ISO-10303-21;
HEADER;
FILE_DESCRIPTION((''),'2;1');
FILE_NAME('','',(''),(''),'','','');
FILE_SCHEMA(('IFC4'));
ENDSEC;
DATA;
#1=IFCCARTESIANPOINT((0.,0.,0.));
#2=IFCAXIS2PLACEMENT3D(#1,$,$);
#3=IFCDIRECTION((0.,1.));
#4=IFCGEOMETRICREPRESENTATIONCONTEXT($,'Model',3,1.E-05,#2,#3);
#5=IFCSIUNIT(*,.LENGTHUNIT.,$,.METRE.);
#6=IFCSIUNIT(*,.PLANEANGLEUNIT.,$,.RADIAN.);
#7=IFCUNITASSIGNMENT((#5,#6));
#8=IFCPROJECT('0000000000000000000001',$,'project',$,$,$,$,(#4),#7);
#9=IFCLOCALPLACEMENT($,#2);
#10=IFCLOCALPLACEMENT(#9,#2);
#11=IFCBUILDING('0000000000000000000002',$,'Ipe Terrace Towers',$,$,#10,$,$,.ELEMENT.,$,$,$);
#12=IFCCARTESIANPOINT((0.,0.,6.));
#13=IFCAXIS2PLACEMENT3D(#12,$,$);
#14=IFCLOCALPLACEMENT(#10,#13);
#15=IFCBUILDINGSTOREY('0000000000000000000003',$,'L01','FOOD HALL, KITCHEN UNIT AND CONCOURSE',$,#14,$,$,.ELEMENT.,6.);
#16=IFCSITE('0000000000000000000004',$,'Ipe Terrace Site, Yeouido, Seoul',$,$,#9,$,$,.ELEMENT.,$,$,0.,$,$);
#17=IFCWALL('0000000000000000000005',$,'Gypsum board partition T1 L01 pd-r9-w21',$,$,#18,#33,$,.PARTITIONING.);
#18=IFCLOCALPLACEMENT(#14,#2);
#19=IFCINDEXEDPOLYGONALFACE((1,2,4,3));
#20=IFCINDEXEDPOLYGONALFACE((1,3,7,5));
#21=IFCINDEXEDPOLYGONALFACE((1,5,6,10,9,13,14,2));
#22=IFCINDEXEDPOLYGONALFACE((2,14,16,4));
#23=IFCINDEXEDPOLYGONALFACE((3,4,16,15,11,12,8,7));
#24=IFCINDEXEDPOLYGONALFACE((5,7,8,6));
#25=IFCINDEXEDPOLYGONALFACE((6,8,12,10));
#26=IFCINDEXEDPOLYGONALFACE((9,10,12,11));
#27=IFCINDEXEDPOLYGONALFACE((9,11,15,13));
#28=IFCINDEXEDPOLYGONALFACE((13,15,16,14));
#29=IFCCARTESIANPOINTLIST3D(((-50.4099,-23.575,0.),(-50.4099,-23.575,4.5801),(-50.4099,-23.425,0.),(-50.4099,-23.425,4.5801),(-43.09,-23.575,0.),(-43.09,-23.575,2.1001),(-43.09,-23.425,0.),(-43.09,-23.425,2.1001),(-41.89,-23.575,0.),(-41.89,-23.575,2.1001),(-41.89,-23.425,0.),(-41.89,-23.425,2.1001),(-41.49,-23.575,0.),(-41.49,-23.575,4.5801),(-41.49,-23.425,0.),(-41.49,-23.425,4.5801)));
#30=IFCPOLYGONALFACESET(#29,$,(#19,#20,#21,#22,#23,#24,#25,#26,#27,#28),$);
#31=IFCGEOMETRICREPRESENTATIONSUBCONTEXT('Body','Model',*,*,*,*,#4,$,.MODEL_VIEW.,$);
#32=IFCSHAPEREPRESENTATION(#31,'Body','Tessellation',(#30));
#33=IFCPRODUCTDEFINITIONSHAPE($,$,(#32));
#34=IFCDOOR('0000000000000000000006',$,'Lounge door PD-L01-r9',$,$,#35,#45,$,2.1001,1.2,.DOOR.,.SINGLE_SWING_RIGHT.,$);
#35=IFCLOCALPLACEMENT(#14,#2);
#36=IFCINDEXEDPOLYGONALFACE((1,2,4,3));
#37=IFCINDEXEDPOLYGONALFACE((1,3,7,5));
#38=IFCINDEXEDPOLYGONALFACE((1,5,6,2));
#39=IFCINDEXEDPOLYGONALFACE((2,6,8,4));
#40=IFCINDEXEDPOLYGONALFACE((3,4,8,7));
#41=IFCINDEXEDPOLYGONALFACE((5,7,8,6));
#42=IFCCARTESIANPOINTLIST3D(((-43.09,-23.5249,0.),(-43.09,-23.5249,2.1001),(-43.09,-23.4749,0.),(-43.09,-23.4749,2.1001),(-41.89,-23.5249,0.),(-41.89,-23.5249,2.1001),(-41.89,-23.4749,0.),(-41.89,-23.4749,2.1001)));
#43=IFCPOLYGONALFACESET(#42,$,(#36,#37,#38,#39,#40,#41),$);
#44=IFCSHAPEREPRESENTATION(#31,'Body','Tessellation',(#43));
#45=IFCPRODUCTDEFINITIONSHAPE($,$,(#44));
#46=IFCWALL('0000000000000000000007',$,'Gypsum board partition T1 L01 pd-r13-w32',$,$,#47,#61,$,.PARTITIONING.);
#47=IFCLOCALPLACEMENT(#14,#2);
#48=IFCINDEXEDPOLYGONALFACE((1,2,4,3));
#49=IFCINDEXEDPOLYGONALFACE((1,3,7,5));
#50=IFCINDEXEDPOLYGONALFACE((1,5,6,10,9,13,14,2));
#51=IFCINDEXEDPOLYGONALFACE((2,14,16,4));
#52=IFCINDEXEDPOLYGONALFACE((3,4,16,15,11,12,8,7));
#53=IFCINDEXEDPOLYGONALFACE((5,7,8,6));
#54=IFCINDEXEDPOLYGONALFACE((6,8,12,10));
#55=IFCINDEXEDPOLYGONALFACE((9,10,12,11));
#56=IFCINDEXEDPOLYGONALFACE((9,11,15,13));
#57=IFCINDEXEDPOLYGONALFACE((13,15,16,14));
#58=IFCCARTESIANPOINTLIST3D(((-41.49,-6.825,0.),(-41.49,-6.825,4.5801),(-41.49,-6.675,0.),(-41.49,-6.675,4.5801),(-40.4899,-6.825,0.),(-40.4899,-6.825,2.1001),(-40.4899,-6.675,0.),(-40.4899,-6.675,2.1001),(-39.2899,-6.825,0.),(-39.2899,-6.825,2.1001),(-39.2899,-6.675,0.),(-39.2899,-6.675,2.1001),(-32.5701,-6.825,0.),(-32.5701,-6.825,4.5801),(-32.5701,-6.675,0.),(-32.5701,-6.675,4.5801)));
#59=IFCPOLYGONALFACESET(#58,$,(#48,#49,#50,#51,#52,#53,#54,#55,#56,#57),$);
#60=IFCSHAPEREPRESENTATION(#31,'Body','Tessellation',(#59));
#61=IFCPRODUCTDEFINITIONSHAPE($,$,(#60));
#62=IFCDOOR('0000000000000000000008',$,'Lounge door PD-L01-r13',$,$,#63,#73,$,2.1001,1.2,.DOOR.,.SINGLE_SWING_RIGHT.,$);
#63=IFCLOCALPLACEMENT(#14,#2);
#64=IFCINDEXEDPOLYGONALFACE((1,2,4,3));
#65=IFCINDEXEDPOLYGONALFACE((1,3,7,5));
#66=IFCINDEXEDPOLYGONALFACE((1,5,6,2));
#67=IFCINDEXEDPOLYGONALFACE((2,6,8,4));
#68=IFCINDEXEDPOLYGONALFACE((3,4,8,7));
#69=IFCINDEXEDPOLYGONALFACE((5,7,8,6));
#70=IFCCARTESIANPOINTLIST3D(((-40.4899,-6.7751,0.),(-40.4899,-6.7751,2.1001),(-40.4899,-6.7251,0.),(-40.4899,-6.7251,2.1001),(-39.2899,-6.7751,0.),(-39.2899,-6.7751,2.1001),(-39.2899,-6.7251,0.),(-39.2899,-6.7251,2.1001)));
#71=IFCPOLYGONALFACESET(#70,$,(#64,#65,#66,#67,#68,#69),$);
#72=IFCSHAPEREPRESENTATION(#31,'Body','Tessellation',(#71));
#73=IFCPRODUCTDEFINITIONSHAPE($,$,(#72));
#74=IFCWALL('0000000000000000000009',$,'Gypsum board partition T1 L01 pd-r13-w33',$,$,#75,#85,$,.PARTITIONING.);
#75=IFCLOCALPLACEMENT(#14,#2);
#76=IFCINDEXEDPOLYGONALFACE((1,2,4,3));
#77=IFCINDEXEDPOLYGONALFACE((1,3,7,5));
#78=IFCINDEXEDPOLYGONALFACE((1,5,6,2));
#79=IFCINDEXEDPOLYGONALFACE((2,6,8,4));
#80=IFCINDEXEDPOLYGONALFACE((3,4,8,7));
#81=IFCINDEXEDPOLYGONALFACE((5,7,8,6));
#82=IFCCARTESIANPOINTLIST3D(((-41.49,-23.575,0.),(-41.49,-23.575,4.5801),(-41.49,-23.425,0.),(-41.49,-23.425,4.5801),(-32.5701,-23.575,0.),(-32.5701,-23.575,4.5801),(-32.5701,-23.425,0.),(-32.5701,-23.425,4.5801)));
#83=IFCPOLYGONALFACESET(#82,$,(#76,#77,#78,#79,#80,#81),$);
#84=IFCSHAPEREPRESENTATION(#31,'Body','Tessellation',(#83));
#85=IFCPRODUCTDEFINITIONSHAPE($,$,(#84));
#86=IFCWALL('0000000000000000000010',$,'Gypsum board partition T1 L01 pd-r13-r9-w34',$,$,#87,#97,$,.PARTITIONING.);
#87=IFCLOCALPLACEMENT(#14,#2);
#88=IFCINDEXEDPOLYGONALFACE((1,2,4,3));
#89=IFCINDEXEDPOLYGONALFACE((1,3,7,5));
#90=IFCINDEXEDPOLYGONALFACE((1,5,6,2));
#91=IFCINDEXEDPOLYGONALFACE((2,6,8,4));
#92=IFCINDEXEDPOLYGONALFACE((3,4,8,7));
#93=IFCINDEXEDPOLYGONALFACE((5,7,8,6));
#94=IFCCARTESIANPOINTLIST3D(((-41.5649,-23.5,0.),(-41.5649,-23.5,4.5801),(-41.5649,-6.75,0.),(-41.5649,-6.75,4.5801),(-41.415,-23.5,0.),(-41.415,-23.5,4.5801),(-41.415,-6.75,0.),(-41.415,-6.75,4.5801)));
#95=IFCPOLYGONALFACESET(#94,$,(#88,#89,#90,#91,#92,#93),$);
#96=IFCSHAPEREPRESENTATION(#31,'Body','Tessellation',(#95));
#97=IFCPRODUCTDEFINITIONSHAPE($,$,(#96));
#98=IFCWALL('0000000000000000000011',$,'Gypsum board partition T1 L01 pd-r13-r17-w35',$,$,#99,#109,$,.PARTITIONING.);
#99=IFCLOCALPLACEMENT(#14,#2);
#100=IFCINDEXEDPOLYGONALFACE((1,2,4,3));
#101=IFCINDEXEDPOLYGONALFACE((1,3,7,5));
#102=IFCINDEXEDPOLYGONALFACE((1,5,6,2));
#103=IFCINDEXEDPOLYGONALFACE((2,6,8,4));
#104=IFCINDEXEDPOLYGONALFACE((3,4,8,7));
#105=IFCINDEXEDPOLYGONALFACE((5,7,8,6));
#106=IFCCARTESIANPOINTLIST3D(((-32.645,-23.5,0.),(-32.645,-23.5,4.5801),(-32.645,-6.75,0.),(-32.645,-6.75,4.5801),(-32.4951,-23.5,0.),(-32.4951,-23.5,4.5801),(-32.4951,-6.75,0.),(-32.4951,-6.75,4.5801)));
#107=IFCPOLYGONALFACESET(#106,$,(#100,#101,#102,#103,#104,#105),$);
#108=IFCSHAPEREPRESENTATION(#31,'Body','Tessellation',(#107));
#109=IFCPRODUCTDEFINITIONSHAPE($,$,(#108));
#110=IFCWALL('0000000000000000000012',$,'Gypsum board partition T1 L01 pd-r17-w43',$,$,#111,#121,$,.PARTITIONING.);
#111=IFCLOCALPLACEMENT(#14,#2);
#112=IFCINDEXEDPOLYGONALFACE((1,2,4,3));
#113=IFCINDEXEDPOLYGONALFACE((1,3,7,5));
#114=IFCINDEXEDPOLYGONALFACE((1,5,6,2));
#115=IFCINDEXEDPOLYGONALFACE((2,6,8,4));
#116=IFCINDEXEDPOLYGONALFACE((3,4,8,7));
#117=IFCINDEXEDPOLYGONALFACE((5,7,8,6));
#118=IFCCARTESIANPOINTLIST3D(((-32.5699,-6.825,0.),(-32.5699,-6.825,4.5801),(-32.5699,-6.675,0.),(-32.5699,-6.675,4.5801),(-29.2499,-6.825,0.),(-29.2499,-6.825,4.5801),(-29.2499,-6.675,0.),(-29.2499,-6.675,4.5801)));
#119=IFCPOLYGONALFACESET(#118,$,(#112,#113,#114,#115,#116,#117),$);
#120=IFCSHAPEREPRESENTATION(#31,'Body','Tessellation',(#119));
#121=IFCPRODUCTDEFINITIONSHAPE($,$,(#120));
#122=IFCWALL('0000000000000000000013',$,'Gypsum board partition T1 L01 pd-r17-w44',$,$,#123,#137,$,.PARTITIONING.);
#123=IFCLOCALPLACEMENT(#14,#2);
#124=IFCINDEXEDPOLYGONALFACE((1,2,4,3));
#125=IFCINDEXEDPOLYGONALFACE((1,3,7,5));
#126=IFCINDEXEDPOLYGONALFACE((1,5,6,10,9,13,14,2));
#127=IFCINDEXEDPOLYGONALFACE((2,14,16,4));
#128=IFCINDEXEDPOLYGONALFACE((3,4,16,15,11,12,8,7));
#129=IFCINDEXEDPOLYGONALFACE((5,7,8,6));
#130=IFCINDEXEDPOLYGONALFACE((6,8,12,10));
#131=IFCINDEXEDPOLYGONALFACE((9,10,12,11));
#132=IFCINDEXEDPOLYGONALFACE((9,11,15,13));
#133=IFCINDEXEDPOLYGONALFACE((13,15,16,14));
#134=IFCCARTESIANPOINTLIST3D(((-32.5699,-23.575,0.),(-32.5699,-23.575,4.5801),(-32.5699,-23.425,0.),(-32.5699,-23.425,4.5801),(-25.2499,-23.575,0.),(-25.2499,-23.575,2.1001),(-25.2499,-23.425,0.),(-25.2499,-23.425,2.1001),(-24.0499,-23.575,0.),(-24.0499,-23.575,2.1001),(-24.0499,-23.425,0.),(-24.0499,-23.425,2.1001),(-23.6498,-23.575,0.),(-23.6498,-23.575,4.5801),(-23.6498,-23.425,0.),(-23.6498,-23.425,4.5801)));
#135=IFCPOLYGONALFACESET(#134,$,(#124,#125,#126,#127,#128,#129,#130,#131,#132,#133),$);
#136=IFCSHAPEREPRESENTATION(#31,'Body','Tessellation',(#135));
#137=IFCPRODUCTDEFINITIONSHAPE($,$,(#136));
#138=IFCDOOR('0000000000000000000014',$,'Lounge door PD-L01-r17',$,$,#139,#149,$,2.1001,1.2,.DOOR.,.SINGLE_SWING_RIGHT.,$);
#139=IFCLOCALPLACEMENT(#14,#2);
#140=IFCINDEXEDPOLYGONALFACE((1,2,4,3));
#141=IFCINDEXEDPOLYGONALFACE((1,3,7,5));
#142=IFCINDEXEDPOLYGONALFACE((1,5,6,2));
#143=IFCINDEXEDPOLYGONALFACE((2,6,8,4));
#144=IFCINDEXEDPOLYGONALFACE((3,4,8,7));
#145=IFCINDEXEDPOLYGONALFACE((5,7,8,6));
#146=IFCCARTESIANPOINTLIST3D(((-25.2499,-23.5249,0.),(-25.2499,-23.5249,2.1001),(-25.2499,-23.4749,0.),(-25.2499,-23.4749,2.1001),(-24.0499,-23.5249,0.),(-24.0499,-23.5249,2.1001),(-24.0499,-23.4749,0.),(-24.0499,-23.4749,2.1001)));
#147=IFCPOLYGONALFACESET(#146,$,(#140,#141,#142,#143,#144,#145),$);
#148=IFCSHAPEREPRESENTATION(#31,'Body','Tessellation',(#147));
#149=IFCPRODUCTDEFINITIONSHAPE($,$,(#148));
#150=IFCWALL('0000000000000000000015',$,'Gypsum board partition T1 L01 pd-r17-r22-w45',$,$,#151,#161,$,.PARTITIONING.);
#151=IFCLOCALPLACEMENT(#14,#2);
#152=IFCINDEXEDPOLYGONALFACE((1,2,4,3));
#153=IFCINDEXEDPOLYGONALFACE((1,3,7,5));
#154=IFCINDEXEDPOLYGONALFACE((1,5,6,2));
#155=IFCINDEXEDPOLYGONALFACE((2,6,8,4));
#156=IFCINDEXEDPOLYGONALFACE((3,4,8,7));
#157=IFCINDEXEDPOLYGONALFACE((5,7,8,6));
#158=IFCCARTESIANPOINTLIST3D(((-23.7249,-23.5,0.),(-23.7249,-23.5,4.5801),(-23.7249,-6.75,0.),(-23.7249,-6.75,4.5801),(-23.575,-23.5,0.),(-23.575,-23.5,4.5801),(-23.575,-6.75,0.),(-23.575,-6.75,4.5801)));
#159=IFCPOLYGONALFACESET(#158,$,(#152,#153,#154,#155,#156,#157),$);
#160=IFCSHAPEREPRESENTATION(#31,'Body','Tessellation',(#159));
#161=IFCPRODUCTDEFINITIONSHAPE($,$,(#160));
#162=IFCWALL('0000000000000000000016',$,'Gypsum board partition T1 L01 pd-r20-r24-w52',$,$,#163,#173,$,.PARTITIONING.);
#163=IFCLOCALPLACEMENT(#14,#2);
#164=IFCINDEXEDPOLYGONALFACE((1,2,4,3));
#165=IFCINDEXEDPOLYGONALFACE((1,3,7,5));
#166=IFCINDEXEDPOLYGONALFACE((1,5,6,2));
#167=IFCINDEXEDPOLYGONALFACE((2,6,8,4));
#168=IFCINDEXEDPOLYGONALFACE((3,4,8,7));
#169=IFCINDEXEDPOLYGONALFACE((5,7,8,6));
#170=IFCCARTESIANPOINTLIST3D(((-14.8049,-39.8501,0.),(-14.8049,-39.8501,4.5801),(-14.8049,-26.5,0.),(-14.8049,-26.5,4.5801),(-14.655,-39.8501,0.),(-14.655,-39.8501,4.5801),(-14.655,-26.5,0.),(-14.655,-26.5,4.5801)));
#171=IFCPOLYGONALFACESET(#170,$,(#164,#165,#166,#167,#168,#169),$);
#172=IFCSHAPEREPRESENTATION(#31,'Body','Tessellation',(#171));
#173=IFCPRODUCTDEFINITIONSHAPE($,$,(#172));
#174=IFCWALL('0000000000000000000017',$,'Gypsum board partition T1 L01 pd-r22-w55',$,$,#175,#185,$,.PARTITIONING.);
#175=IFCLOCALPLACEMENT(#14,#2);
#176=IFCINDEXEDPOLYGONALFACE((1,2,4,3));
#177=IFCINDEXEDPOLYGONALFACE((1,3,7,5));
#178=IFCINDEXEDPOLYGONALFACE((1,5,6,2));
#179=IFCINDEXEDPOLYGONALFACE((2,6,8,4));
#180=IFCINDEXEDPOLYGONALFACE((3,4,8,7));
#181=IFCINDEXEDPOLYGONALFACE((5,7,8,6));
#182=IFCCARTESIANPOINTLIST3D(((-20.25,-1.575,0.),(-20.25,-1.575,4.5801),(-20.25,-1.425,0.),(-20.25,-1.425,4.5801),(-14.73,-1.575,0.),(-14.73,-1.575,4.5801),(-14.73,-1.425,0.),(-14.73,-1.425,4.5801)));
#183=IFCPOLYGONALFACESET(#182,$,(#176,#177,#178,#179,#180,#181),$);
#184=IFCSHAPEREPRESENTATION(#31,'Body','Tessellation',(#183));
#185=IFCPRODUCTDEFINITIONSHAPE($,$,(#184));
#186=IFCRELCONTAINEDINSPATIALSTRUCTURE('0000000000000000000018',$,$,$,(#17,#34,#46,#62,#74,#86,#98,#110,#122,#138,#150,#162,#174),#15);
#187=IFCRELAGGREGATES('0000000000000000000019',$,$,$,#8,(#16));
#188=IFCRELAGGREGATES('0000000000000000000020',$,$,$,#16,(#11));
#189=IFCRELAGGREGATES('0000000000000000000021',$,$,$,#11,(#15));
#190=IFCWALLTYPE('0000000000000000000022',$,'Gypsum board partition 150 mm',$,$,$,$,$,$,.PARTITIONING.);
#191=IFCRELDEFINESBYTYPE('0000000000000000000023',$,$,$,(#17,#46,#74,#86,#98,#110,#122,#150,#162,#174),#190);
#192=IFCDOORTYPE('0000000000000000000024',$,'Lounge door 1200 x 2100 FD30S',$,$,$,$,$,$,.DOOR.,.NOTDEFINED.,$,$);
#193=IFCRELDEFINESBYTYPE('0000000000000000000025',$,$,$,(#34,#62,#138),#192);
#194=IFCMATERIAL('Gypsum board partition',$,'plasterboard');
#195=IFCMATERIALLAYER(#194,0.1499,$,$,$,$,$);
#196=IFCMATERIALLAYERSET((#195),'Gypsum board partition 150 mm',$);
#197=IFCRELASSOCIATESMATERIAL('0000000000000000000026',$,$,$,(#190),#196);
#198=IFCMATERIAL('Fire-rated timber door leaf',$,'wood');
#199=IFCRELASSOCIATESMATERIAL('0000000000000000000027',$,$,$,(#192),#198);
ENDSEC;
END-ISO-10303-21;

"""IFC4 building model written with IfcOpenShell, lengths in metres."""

from ifc_helpers import new_model, si_unit, direction, frame, frame_2d, origin, place, context, subcontext, project, spatial, rectangle, extrude, material, layer, layer_set, type_object, element, fill, save


model = new_model("IFC4")

# Units and contexts
model_context = context("Model", 3, precision=1e-05, world=origin(), true_north=direction((0.0, 1.0)))
body_context = subcontext(model_context, "Body", "Model", "MODEL_VIEW")
ifc_project = project(units=[si_unit("LENGTHUNIT", "METRE"), si_unit("PLANEANGLEUNIT", "RADIAN")], contexts=[model_context])

# Site, building, storey
site_placement = place(None, origin())
site = spatial("IfcSite", under=ifc_project, at=site_placement, Name="Ipe Terrace Site, Yeouido, Seoul", CompositionType="ELEMENT", RefElevation=0.0)
building_placement = place(site_placement, origin())
building = spatial("IfcBuilding", under=site, at=building_placement, Name="Ipe Terrace Towers", CompositionType="ELEMENT")
storey_placement = place(building_placement, frame((0.0, 0.0, 6.0)))
storey = spatial("IfcBuildingStorey", under=building, at=storey_placement, Name="L01", Description="FOOD HALL, KITCHEN UNIT AND CONCOURSE", CompositionType="ELEMENT", Elevation=6.0)

# Walls, openings, doors
ifc_material_1 = material(Name="Gypsum board partition", Category="plasterboard")
ifc_layer_1 = layer(ifc_material_1, 0.1499)
ifc_layer_set_1 = layer_set([ifc_layer_1], Name="Gypsum board partition 150 mm")
wall_type_1 = type_object("IfcWallType", Name="Gypsum board partition 150 mm", PredefinedType="PARTITIONING", material=ifc_layer_set_1)
wall_1_placement = place(storey_placement, frame((-41.49, -23.5, 0.0), z_axis=(0.0, 0.0, 1.0), x_axis=(-1.0, 0.0, 0.0)))
wall_1 = element("IfcWall", 1, at=wall_1_placement, inside=storey, type_object=wall_type_1, Name="Gypsum board partition T1 L01 pd-r9-w21", PredefinedType="PARTITIONING", context=body_context, shape_type="SweptSolid", body=[
    extrude(rectangle(XDim=8.9199, YDim=0.1499, at=frame_2d((4.46, 0.0))), origin(), (0.0, 0.0, 1.0), 4.5801),
])
opening_1_placement = place(wall_1_placement, frame((0.3999, 0.0, 0.0)))
opening_1 = element("IfcOpeningElement", 2, at=opening_1_placement, cuts=wall_1, PredefinedType="OPENING", context=body_context, shape_type="SweptSolid", body=[
    extrude(rectangle(XDim=1.2, YDim=2.1001, at=frame_2d((0.6001, 1.05))), frame((0.0, 0.085, 0.0), z_axis=(0.0, -1.0, 0.0), x_axis=(1.0, 0.0, 0.0)), (0.0, 0.0, 1.0), 0.1699),
])
ifc_material_2 = material(Name="Fire-rated timber door leaf", Category="wood")
door_type_1 = type_object("IfcDoorType", Name="Lounge door 1200 x 2100 FD30S", OperationType="NOTDEFINED", PredefinedType="DOOR", material=ifc_material_2)
door_1_placement = place(opening_1_placement, origin())
door_1 = element("IfcDoor", 3, at=door_1_placement, inside=storey, type_object=door_type_1, Name="Lounge door PD-L01-r9", OperationType="SINGLE_SWING_RIGHT", OverallHeight=2.1001, OverallWidth=1.2, PredefinedType="DOOR", context=body_context, shape_type="SweptSolid", body=[
    extrude(rectangle(XDim=1.2, YDim=2.1001, at=frame_2d((0.6001, 1.05))), frame((0.0, 0.0249, 0.0), z_axis=(0.0, -1.0, 0.0), x_axis=(1.0, 0.0, 0.0)), (0.0, 0.0, 1.0), 0.05),
])
fill(opening_1, door_1)
wall_2_placement = place(storey_placement, frame((-41.49, -6.75, 0.0), z_axis=(0.0, 0.0, 1.0), x_axis=(1.0, 0.0, 0.0)))
wall_2 = element("IfcWall", 4, at=wall_2_placement, inside=storey, type_object=wall_type_1, Name="Gypsum board partition T1 L01 pd-r13-w32", PredefinedType="PARTITIONING", context=body_context, shape_type="SweptSolid", body=[
    extrude(rectangle(XDim=8.9199, YDim=0.1499, at=frame_2d((4.46, 0.0))), origin(), (0.0, 0.0, 1.0), 4.5801),
])
opening_2_placement = place(wall_2_placement, frame((1.0, 0.0, 0.0)))
opening_2 = element("IfcOpeningElement", 5, at=opening_2_placement, cuts=wall_2, PredefinedType="OPENING", context=body_context, shape_type="SweptSolid", body=[
    extrude(rectangle(XDim=1.2, YDim=2.1001, at=frame_2d((0.6001, 1.05))), frame((0.0, 0.085, 0.0), z_axis=(0.0, -1.0, 0.0), x_axis=(1.0, 0.0, 0.0)), (0.0, 0.0, 1.0), 0.1699),
])
door_2_placement = place(opening_2_placement, origin())
door_2 = element("IfcDoor", 6, at=door_2_placement, inside=storey, type_object=door_type_1, Name="Lounge door PD-L01-r13", OperationType="SINGLE_SWING_RIGHT", OverallHeight=2.1001, OverallWidth=1.2, PredefinedType="DOOR", context=body_context, shape_type="SweptSolid", body=[
    extrude(rectangle(XDim=1.2, YDim=2.1001, at=frame_2d((0.6001, 1.05))), frame((0.0, 0.0249, 0.0), z_axis=(0.0, -1.0, 0.0), x_axis=(1.0, 0.0, 0.0)), (0.0, 0.0, 1.0), 0.05),
])
fill(opening_2, door_2)

# Walls
wall_3_placement = place(storey_placement, frame((-32.5701, -23.5, 0.0), z_axis=(0.0, 0.0, 1.0), x_axis=(-1.0, 0.0, 0.0)))
element("IfcWall", 7, at=wall_3_placement, inside=storey, type_object=wall_type_1, Name="Gypsum board partition T1 L01 pd-r13-w33", PredefinedType="PARTITIONING", context=body_context, shape_type="SweptSolid", body=[
    extrude(rectangle(XDim=8.9199, YDim=0.1499, at=frame_2d((4.46, 0.0))), origin(), (0.0, 0.0, 1.0), 4.5801),
])
for number, where, z_axis, x_axis, name in (
    (8, (-41.49, -23.5, 0.0), (0.0, 0.0, 1.0), (0.0, 1.0, 0.0), "Gypsum board partition T1 L01 pd-r13-r9-w34"),
    (9, (-32.5701, -6.75, 0.0), (0.0, 0.0, 1.0), (0.0, -1.0, 0.0), "Gypsum board partition T1 L01 pd-r13-r17-w35"),
):
    element("IfcWall", number, at=place(storey_placement, frame(where, z_axis=z_axis, x_axis=x_axis)), inside=storey, type_object=wall_type_1, Name=name, PredefinedType="PARTITIONING", context=body_context, shape_type="SweptSolid", body=[
        extrude(rectangle(XDim=16.75, YDim=0.1499, at=frame_2d((8.375, 0.0))), origin(), (0.0, 0.0, 1.0), 4.5801),
    ])
wall_4_placement = place(storey_placement, frame((-32.5701, -6.75, 0.0), z_axis=(0.0, 0.0, 1.0), x_axis=(1.0, 0.0, 0.0)))
element("IfcWall", 10, at=wall_4_placement, inside=storey, type_object=wall_type_1, Name="Gypsum board partition T1 L01 pd-r17-w43", PredefinedType="PARTITIONING", context=body_context, shape_type="SweptSolid", body=[
    extrude(rectangle(XDim=3.3201, YDim=0.1499, at=frame_2d((1.6602, 0.0))), origin(), (0.0, 0.0, 1.0), 4.5801),
])

# Wall, opening, door
wall_5_placement = place(storey_placement, frame((-23.6499, -23.5, 0.0), z_axis=(0.0, 0.0, 1.0), x_axis=(-1.0, 0.0, 0.0)))
wall_5 = element("IfcWall", 11, at=wall_5_placement, inside=storey, type_object=wall_type_1, Name="Gypsum board partition T1 L01 pd-r17-w44", PredefinedType="PARTITIONING", context=body_context, shape_type="SweptSolid", body=[
    extrude(rectangle(XDim=8.9202, YDim=0.1499, at=frame_2d((4.46, 0.0))), origin(), (0.0, 0.0, 1.0), 4.5801),
])
opening_3_placement = place(wall_5_placement, frame((0.3999, 0.0, 0.0)))
opening_3 = element("IfcOpeningElement", 12, at=opening_3_placement, cuts=wall_5, PredefinedType="OPENING", context=body_context, shape_type="SweptSolid", body=[
    extrude(rectangle(XDim=1.2, YDim=2.1001, at=frame_2d((0.6001, 1.05))), frame((0.0, 0.085, 0.0), z_axis=(0.0, -1.0, 0.0), x_axis=(1.0, 0.0, 0.0)), (0.0, 0.0, 1.0), 0.1699),
])
door_3_placement = place(opening_3_placement, origin())
door_3 = element("IfcDoor", 13, at=door_3_placement, inside=storey, type_object=door_type_1, Name="Lounge door PD-L01-r17", OperationType="SINGLE_SWING_RIGHT", OverallHeight=2.1001, OverallWidth=1.2, PredefinedType="DOOR", context=body_context, shape_type="SweptSolid", body=[
    extrude(rectangle(XDim=1.2, YDim=2.1001, at=frame_2d((0.6001, 1.05))), frame((0.0, 0.0249, 0.0), z_axis=(0.0, -1.0, 0.0), x_axis=(1.0, 0.0, 0.0)), (0.0, 0.0, 1.0), 0.05),
])
fill(opening_3, door_3)

# Walls
wall_6_placement = place(storey_placement, frame((-23.6499, -6.75, 0.0), z_axis=(0.0, 0.0, 1.0), x_axis=(0.0, -1.0, 0.0)))
element("IfcWall", 14, at=wall_6_placement, inside=storey, type_object=wall_type_1, Name="Gypsum board partition T1 L01 pd-r17-r22-w45", PredefinedType="PARTITIONING", context=body_context, shape_type="SweptSolid", body=[
    extrude(rectangle(XDim=16.75, YDim=0.1499, at=frame_2d((8.375, 0.0))), origin(), (0.0, 0.0, 1.0), 4.5801),
])
wall_7_placement = place(storey_placement, frame((-14.73, -26.5, 0.0), z_axis=(0.0, 0.0, 1.0), x_axis=(0.0, -1.0, 0.0)))
element("IfcWall", 15, at=wall_7_placement, inside=storey, type_object=wall_type_1, Name="Gypsum board partition T1 L01 pd-r20-r24-w52", PredefinedType="PARTITIONING", context=body_context, shape_type="SweptSolid", body=[
    extrude(rectangle(XDim=13.3501, YDim=0.1499, at=frame_2d((6.675, 0.0))), origin(), (0.0, 0.0, 1.0), 4.5801),
])
wall_8_placement = place(storey_placement, frame((-20.25, -1.5, 0.0), z_axis=(0.0, 0.0, 1.0), x_axis=(1.0, 0.0, 0.0)))
element("IfcWall", 16, at=wall_8_placement, inside=storey, type_object=wall_type_1, Name="Gypsum board partition T1 L01 pd-r22-w55", PredefinedType="PARTITIONING", context=body_context, shape_type="SweptSolid", body=[
    extrude(rectangle(XDim=5.52, YDim=0.1499, at=frame_2d((2.76, 0.0))), origin(), (0.0, 0.0, 1.0), 4.5801),
])

save(model, "model.ifc")
